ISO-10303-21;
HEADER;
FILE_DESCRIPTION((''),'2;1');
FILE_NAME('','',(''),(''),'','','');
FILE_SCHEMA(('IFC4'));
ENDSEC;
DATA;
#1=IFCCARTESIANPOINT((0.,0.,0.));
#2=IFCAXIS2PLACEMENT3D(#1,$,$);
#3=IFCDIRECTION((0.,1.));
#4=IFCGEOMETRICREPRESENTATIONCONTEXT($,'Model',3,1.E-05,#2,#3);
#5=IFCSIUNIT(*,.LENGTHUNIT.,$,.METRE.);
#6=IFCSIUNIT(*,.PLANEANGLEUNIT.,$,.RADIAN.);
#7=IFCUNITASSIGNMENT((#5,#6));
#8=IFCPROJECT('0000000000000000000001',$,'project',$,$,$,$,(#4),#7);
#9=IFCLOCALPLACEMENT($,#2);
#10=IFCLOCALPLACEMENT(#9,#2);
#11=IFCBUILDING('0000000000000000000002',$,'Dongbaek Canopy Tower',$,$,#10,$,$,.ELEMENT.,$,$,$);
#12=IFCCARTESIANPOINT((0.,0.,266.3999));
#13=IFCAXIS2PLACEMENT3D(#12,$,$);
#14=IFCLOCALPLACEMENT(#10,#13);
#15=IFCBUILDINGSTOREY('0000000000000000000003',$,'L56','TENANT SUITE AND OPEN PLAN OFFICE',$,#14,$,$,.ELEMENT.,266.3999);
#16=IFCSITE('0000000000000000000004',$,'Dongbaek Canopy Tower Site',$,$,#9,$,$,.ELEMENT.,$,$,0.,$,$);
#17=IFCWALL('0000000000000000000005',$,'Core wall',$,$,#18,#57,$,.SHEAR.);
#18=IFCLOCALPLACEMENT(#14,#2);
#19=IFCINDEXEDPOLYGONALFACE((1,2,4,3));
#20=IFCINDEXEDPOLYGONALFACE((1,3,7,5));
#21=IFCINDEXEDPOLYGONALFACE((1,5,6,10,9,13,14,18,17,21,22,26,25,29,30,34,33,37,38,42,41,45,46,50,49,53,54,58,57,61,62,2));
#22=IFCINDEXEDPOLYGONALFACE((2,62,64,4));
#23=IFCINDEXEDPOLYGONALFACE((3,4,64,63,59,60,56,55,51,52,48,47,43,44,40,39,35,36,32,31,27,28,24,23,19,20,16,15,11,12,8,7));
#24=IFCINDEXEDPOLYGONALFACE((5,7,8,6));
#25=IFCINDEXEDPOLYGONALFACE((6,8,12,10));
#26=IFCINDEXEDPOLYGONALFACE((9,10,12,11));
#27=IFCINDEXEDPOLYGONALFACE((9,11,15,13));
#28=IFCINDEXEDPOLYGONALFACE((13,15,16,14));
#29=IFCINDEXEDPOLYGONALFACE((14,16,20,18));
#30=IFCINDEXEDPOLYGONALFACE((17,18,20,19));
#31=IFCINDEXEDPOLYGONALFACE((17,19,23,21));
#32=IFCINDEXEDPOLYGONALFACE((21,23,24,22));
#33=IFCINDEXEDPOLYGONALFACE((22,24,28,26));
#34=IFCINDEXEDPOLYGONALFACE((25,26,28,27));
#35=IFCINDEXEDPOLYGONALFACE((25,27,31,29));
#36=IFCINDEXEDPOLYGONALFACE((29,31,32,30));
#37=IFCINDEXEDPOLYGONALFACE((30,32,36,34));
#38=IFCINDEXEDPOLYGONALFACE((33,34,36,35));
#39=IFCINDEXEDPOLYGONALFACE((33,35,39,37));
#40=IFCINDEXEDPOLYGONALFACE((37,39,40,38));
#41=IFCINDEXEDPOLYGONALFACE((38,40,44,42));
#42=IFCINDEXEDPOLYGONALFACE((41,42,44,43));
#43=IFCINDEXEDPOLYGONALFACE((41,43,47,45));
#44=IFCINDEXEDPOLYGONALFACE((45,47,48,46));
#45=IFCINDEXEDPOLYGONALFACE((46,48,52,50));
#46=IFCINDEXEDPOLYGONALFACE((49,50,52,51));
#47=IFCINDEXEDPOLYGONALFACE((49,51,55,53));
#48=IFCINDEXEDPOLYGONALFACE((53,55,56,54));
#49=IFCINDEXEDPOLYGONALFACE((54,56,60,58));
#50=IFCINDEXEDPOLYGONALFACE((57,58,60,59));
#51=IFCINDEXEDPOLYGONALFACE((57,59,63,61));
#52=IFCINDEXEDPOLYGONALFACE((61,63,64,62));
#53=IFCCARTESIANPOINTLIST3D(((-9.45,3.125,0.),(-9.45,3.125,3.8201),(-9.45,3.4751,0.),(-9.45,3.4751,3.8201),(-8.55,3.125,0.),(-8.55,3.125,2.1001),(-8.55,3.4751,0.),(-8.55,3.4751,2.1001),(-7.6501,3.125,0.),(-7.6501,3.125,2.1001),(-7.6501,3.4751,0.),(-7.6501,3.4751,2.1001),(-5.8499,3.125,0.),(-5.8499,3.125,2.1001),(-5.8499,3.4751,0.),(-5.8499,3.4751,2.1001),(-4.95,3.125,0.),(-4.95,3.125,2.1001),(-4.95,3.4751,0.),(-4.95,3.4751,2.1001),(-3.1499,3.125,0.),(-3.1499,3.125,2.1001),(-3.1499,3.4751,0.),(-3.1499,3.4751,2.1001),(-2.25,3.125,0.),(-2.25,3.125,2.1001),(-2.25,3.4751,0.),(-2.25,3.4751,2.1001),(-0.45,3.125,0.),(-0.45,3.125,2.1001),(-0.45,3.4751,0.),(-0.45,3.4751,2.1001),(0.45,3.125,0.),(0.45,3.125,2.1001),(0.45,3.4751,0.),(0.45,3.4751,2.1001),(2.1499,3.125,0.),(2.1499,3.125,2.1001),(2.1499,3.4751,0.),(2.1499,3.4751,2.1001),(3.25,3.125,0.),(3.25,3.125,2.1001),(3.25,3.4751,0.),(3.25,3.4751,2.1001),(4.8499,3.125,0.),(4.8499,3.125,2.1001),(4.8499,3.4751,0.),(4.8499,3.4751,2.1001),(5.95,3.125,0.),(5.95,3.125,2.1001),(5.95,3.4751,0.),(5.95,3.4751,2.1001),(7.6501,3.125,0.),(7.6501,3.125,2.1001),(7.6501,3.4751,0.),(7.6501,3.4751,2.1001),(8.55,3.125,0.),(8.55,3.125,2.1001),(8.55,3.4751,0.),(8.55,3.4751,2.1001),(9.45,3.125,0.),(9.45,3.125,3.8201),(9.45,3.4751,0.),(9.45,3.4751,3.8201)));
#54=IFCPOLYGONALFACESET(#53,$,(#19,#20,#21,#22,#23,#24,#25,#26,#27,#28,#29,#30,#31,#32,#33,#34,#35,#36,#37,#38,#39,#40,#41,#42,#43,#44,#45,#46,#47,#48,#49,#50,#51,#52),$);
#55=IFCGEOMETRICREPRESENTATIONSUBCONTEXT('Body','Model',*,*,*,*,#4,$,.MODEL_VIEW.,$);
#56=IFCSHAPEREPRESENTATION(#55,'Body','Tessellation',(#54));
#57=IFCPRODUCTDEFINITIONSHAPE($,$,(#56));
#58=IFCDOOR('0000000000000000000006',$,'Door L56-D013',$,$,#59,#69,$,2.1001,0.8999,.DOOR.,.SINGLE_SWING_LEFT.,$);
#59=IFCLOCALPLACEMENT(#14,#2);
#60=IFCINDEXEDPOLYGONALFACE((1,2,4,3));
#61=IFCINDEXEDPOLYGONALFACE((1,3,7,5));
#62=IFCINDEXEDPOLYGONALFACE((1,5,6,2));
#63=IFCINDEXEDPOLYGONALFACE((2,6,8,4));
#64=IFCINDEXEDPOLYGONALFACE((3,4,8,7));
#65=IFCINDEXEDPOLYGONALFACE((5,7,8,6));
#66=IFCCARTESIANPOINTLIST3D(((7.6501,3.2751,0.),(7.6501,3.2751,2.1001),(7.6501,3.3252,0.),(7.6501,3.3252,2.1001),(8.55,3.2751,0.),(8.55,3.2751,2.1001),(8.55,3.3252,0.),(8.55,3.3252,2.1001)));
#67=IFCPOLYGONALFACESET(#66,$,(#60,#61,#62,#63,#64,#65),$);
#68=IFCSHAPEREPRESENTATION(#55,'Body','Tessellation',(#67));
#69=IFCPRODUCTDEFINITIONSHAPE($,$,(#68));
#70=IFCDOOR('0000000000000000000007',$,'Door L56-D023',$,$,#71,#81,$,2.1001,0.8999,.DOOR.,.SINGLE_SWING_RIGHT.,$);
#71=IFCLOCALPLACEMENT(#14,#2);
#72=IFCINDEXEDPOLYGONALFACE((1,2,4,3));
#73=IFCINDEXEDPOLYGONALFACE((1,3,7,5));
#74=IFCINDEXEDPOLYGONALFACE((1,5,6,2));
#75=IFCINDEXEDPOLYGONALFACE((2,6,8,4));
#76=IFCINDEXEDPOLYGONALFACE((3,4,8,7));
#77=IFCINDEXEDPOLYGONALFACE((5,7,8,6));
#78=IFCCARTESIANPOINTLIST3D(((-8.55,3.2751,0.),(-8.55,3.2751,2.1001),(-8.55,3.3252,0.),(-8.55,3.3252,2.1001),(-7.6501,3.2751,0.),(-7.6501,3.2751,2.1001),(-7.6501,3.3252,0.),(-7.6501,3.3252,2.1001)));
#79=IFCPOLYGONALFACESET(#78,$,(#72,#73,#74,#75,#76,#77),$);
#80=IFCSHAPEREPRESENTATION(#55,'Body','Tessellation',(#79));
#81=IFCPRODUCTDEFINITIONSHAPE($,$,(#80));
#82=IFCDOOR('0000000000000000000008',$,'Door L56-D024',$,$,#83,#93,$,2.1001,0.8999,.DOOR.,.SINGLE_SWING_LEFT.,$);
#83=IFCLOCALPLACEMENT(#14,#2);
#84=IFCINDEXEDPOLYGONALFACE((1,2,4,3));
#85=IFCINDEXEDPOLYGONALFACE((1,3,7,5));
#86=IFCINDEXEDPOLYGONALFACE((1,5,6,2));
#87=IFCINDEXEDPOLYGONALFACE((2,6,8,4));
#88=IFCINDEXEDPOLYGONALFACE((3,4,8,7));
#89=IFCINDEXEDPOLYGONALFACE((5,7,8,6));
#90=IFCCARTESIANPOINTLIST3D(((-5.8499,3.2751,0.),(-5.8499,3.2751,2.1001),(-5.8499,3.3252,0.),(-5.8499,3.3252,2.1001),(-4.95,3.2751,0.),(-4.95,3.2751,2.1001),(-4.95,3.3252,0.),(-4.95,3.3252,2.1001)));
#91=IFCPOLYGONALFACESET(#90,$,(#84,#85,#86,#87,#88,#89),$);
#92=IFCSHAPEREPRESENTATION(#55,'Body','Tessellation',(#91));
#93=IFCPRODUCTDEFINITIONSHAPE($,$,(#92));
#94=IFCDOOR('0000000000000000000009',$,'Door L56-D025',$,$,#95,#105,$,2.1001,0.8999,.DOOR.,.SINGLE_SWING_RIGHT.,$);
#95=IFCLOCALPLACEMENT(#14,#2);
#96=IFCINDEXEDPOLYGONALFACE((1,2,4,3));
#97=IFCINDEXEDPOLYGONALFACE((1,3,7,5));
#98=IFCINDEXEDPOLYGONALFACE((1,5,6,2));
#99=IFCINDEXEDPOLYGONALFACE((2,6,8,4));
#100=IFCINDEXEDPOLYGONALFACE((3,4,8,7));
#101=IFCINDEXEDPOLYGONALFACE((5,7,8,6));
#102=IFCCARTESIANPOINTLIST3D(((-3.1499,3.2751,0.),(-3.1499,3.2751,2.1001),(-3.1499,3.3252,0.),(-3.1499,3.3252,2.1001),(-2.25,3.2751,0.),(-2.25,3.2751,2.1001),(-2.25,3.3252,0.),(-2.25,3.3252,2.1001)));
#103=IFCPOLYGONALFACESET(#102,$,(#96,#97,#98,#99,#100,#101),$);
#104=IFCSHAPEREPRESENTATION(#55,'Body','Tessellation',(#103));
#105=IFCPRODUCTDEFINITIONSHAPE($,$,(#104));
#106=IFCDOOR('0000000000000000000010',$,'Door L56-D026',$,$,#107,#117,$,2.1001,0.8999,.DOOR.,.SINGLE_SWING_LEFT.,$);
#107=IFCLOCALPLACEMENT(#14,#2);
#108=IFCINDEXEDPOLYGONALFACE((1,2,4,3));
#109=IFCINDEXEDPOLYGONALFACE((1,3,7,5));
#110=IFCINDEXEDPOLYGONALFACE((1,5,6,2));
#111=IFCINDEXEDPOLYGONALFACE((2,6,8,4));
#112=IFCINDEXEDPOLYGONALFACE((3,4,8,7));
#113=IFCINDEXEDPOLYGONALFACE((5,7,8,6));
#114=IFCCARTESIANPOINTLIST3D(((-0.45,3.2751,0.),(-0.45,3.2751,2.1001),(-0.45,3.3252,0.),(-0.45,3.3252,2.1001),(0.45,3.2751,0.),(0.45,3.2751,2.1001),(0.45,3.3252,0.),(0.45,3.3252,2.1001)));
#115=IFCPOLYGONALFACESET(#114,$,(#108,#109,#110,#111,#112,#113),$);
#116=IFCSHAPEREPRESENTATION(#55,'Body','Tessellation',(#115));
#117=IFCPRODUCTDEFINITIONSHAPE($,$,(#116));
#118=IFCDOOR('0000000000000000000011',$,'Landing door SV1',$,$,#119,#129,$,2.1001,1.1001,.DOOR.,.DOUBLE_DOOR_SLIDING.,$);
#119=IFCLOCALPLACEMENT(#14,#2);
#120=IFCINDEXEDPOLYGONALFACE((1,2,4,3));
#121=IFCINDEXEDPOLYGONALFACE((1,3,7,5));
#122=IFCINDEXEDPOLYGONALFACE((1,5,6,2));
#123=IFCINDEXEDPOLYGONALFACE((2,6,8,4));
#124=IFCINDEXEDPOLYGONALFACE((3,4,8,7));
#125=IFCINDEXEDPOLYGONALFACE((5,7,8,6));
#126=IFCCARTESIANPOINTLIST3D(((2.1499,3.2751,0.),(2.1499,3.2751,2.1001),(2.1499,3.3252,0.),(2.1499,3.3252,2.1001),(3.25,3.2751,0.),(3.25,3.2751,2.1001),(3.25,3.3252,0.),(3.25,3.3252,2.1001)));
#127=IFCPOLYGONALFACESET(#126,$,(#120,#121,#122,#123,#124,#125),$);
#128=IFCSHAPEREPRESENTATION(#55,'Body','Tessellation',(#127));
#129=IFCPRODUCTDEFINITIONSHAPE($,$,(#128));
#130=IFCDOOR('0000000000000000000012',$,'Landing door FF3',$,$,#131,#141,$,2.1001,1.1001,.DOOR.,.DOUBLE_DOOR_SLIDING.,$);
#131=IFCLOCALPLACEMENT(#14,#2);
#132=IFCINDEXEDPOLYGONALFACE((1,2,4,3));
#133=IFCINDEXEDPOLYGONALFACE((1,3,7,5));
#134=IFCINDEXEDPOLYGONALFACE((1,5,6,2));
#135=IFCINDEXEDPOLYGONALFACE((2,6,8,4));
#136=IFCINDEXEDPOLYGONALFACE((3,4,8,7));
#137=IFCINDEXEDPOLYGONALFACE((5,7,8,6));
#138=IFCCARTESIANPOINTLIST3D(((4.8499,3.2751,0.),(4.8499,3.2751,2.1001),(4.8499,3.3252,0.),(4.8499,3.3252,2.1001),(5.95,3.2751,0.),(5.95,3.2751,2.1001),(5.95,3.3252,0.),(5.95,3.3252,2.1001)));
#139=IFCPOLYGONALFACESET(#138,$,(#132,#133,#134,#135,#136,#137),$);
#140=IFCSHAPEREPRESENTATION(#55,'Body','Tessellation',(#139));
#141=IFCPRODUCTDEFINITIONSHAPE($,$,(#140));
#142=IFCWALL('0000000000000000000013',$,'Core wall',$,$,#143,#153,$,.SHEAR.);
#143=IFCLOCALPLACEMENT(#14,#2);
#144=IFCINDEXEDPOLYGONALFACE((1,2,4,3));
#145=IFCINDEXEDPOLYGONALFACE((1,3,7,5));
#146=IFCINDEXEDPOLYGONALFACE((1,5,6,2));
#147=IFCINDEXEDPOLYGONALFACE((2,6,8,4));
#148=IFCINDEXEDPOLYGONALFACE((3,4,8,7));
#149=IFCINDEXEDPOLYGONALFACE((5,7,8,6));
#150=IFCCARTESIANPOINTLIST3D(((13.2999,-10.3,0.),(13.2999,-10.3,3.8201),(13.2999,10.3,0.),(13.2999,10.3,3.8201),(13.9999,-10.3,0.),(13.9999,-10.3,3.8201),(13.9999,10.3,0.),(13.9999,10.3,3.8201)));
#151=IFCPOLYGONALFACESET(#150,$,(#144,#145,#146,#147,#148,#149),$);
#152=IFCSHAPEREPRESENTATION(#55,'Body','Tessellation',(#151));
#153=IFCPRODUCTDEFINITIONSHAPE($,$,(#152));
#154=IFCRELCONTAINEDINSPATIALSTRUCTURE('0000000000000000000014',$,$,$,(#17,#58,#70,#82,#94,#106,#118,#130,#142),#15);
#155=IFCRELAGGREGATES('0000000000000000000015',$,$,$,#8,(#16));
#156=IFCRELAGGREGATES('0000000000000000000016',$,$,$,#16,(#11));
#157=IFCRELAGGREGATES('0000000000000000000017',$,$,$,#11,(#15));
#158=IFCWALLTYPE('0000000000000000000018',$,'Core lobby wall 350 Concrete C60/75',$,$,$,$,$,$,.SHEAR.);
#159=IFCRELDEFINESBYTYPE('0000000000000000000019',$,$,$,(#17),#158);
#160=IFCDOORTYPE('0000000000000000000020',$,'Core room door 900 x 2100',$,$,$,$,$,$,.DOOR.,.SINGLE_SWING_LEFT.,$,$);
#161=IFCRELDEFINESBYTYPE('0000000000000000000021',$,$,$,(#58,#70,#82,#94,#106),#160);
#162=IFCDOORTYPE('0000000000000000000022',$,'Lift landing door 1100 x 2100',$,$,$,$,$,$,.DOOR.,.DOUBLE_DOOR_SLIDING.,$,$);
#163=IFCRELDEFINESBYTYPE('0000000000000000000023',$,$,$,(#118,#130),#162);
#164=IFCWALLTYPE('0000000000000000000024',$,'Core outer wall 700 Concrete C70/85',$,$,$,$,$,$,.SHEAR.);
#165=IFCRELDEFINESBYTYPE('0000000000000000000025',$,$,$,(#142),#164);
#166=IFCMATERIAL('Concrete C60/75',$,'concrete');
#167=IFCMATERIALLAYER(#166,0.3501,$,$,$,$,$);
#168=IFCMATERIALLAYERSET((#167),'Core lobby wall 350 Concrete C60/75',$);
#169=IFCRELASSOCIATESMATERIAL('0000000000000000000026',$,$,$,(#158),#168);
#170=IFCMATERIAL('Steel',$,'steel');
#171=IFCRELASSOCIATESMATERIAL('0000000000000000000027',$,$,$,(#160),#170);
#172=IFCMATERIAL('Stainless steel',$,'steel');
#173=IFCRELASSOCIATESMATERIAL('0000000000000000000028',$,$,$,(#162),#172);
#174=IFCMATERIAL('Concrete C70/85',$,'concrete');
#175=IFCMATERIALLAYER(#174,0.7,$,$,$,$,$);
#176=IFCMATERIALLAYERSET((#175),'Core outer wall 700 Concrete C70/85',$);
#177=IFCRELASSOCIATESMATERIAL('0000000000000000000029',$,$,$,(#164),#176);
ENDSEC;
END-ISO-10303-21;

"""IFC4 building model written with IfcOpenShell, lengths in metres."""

from ifc_helpers import new_model, si_unit, direction, frame, frame_2d, origin, place, context, subcontext, project, spatial, rectangle, extrude, material, layer, layer_set, type_object, element, fill, save


model = new_model("IFC4")

# Units and contexts
model_context = context("Model", 3, precision=1e-05, world=origin(), true_north=direction((0.0, 1.0)))
body_context = subcontext(model_context, "Body", "Model", "MODEL_VIEW")
ifc_project = project(units=[si_unit("LENGTHUNIT", "METRE"), si_unit("PLANEANGLEUNIT", "RADIAN")], contexts=[model_context])

# Site, building, storey
site_placement = place(None, origin())
site = spatial("IfcSite", under=ifc_project, at=site_placement, Name="Dongbaek Canopy Tower Site", CompositionType="ELEMENT", RefElevation=0.0)
building_placement = place(site_placement, origin())
building = spatial("IfcBuilding", under=site, at=building_placement, Name="Dongbaek Canopy Tower", CompositionType="ELEMENT")
storey_placement = place(building_placement, frame((0.0, 0.0, 266.3999)))
storey = spatial("IfcBuildingStorey", under=building, at=storey_placement, Name="L56", Description="TENANT SUITE AND OPEN PLAN OFFICE", CompositionType="ELEMENT", Elevation=266.3999)

# Wall, openings, doors
ifc_material_1 = material(Name="Concrete C60/75", Category="concrete")
ifc_layer_1 = layer(ifc_material_1, 0.3501)
ifc_layer_set_1 = layer_set([ifc_layer_1], Name="Core lobby wall 350 Concrete C60/75")
wall_type_1 = type_object("IfcWallType", Name="Core lobby wall 350 Concrete C60/75", PredefinedType="SHEAR", material=ifc_layer_set_1)
wall_1_placement = place(storey_placement, frame((9.45, 3.3, 0.0), z_axis=(0.0, 0.0, 1.0), x_axis=(-1.0, 0.0, 0.0)))
wall_1 = element("IfcWall", 1, at=wall_1_placement, inside=storey, type_object=wall_type_1, Name="Core wall", PredefinedType="SHEAR", context=body_context, shape_type="SweptSolid", body=[
    extrude(rectangle(XDim=18.8999, YDim=0.3501, at=frame_2d((9.45, 0.0))), origin(), (0.0, 0.0, 1.0), 3.8201),
])
opening_1_placement = place(wall_1_placement, frame((6.2, 0.0, 0.0)))
opening_1 = element("IfcOpeningElement", 2, at=opening_1_placement, cuts=wall_1, PredefinedType="OPENING", context=body_context, shape_type="SweptSolid", body=[
    extrude(rectangle(XDim=1.1001, YDim=2.1001, at=frame_2d((0.55, 1.05))), frame((0.0, 0.1851, 0.0), z_axis=(0.0, -1.0, 0.0), x_axis=(1.0, 0.0, 0.0)), (0.0, 0.0, 1.0), 0.3701),
])
opening_2_placement = place(wall_1_placement, frame((3.5, 0.0, 0.0)))
opening_2 = element("IfcOpeningElement", 3, at=opening_2_placement, cuts=wall_1, PredefinedType="OPENING", context=body_context, shape_type="SweptSolid", body=[
    extrude(rectangle(XDim=1.1001, YDim=2.1001, at=frame_2d((0.55, 1.05))), frame((0.0, 0.1851, 0.0), z_axis=(0.0, -1.0, 0.0), x_axis=(1.0, 0.0, 0.0)), (0.0, 0.0, 1.0), 0.3701),
])
opening_3_placement = place(wall_1_placement, frame((0.8999, 0.0, 0.0)))
opening_3 = element("IfcOpeningElement", 4, at=opening_3_placement, cuts=wall_1, PredefinedType="OPENING", context=body_context, shape_type="SweptSolid", body=[
    extrude(rectangle(XDim=0.8999, YDim=2.1001, at=frame_2d((0.45, 1.05))), frame((0.0, 0.1851, 0.0), z_axis=(0.0, -1.0, 0.0), x_axis=(1.0, 0.0, 0.0)), (0.0, 0.0, 1.0), 0.3701),
])
opening_4_placement = place(wall_1_placement, frame((17.1001, 0.0, 0.0)))
opening_4 = element("IfcOpeningElement", 5, at=opening_4_placement, cuts=wall_1, PredefinedType="OPENING", context=body_context, shape_type="SweptSolid", body=[
    extrude(rectangle(XDim=0.8999, YDim=2.1001, at=frame_2d((0.45, 1.05))), frame((0.0, 0.1851, 0.0), z_axis=(0.0, -1.0, 0.0), x_axis=(1.0, 0.0, 0.0)), (0.0, 0.0, 1.0), 0.3701),
])
opening_5_placement = place(wall_1_placement, frame((14.3999, 0.0, 0.0)))
opening_5 = element("IfcOpeningElement", 6, at=opening_5_placement, cuts=wall_1, PredefinedType="OPENING", context=body_context, shape_type="SweptSolid", body=[
    extrude(rectangle(XDim=0.8999, YDim=2.1001, at=frame_2d((0.45, 1.05))), frame((0.0, 0.1851, 0.0), z_axis=(0.0, -1.0, 0.0), x_axis=(1.0, 0.0, 0.0)), (0.0, 0.0, 1.0), 0.3701),
])
opening_6_placement = place(wall_1_placement, frame((11.7, 0.0, 0.0)))
opening_6 = element("IfcOpeningElement", 7, at=opening_6_placement, cuts=wall_1, PredefinedType="OPENING", context=body_context, shape_type="SweptSolid", body=[
    extrude(rectangle(XDim=0.8999, YDim=2.1001, at=frame_2d((0.45, 1.05))), frame((0.0, 0.1851, 0.0), z_axis=(0.0, -1.0, 0.0), x_axis=(1.0, 0.0, 0.0)), (0.0, 0.0, 1.0), 0.3701),
])
opening_7_placement = place(wall_1_placement, frame((9.0, 0.0, 0.0)))
opening_7 = element("IfcOpeningElement", 8, at=opening_7_placement, cuts=wall_1, PredefinedType="OPENING", context=body_context, shape_type="SweptSolid", body=[
    extrude(rectangle(XDim=0.8999, YDim=2.1001, at=frame_2d((0.45, 1.05))), frame((0.0, 0.1851, 0.0), z_axis=(0.0, -1.0, 0.0), x_axis=(1.0, 0.0, 0.0)), (0.0, 0.0, 1.0), 0.3701),
])
ifc_material_2 = material(Name="Steel", Category="steel")
door_type_1 = type_object("IfcDoorType", Name="Core room door 900 x 2100", OperationType="SINGLE_SWING_LEFT", PredefinedType="DOOR", material=ifc_material_2)
door_1_placement = place(opening_3_placement, origin())
door_1 = element("IfcDoor", 9, at=door_1_placement, inside=storey, type_object=door_type_1, Name="Door L56-D013", OperationType="SINGLE_SWING_LEFT", OverallHeight=2.1001, OverallWidth=0.8999, PredefinedType="DOOR", context=body_context, shape_type="SweptSolid", body=[
    extrude(rectangle(XDim=0.8999, YDim=2.1001, at=frame_2d((0.45, 1.05))), frame((0.0, 0.0249, 0.0), z_axis=(0.0, -1.0, 0.0), x_axis=(1.0, 0.0, 0.0)), (0.0, 0.0, 1.0), 0.05),
])
fill(opening_3, door_1)
door_2_placement = place(opening_4_placement, origin())
door_2 = element("IfcDoor", 10, at=door_2_placement, inside=storey, type_object=door_type_1, Name="Door L56-D023", OperationType="SINGLE_SWING_RIGHT", OverallHeight=2.1001, OverallWidth=0.8999, PredefinedType="DOOR", context=body_context, shape_type="SweptSolid", body=[
    extrude(rectangle(XDim=0.8999, YDim=2.1001, at=frame_2d((0.45, 1.05))), frame((0.0, 0.0249, 0.0), z_axis=(0.0, -1.0, 0.0), x_axis=(1.0, 0.0, 0.0)), (0.0, 0.0, 1.0), 0.05),
])
fill(opening_4, door_2)
door_3_placement = place(opening_5_placement, origin())
door_3 = element("IfcDoor", 11, at=door_3_placement, inside=storey, type_object=door_type_1, Name="Door L56-D024", OperationType="SINGLE_SWING_LEFT", OverallHeight=2.1001, OverallWidth=0.8999, PredefinedType="DOOR", context=body_context, shape_type="SweptSolid", body=[
    extrude(rectangle(XDim=0.8999, YDim=2.1001, at=frame_2d((0.45, 1.05))), frame((0.0, 0.0249, 0.0), z_axis=(0.0, -1.0, 0.0), x_axis=(1.0, 0.0, 0.0)), (0.0, 0.0, 1.0), 0.05),
])
fill(opening_5, door_3)
door_4_placement = place(opening_6_placement, origin())
door_4 = element("IfcDoor", 12, at=door_4_placement, inside=storey, type_object=door_type_1, Name="Door L56-D025", OperationType="SINGLE_SWING_RIGHT", OverallHeight=2.1001, OverallWidth=0.8999, PredefinedType="DOOR", context=body_context, shape_type="SweptSolid", body=[
    extrude(rectangle(XDim=0.8999, YDim=2.1001, at=frame_2d((0.45, 1.05))), frame((0.0, 0.0249, 0.0), z_axis=(0.0, -1.0, 0.0), x_axis=(1.0, 0.0, 0.0)), (0.0, 0.0, 1.0), 0.05),
])
fill(opening_6, door_4)
door_5_placement = place(opening_7_placement, origin())
door_5 = element("IfcDoor", 13, at=door_5_placement, inside=storey, type_object=door_type_1, Name="Door L56-D026", OperationType="SINGLE_SWING_LEFT", OverallHeight=2.1001, OverallWidth=0.8999, PredefinedType="DOOR", context=body_context, shape_type="SweptSolid", body=[
    extrude(rectangle(XDim=0.8999, YDim=2.1001, at=frame_2d((0.45, 1.05))), frame((0.0, 0.0249, 0.0), z_axis=(0.0, -1.0, 0.0), x_axis=(1.0, 0.0, 0.0)), (0.0, 0.0, 1.0), 0.05),
])
fill(opening_7, door_5)
ifc_material_3 = material(Name="Stainless steel", Category="steel")
door_type_2 = type_object("IfcDoorType", Name="Lift landing door 1100 x 2100", OperationType="DOUBLE_DOOR_SLIDING", PredefinedType="DOOR", material=ifc_material_3)
door_6_placement = place(opening_1_placement, origin())
door_6 = element("IfcDoor", 14, at=door_6_placement, inside=storey, type_object=door_type_2, Name="Landing door SV1", OperationType="DOUBLE_DOOR_SLIDING", OverallHeight=2.1001, OverallWidth=1.1001, PredefinedType="DOOR", context=body_context, shape_type="SweptSolid", body=[
    extrude(rectangle(XDim=1.1001, YDim=2.1001, at=frame_2d((0.55, 1.05))), frame((0.0, 0.0249, 0.0), z_axis=(0.0, -1.0, 0.0), x_axis=(1.0, 0.0, 0.0)), (0.0, 0.0, 1.0), 0.05),
])
fill(opening_1, door_6)
door_7_placement = place(opening_2_placement, origin())
door_7 = element("IfcDoor", 15, at=door_7_placement, inside=storey, type_object=door_type_2, Name="Landing door FF3", OperationType="DOUBLE_DOOR_SLIDING", OverallHeight=2.1001, OverallWidth=1.1001, PredefinedType="DOOR", context=body_context, shape_type="SweptSolid", body=[
    extrude(rectangle(XDim=1.1001, YDim=2.1001, at=frame_2d((0.55, 1.05))), frame((0.0, 0.0249, 0.0), z_axis=(0.0, -1.0, 0.0), x_axis=(1.0, 0.0, 0.0)), (0.0, 0.0, 1.0), 0.05),
])
fill(opening_2, door_7)

# Wall
ifc_material_4 = material(Name="Concrete C70/85", Category="concrete")
ifc_layer_2 = layer(ifc_material_4, 0.7)
ifc_layer_set_2 = layer_set([ifc_layer_2], Name="Core outer wall 700 Concrete C70/85")
wall_type_2 = type_object("IfcWallType", Name="Core outer wall 700 Concrete C70/85", PredefinedType="SHEAR", material=ifc_layer_set_2)
wall_2_placement = place(storey_placement, frame((13.6499, 10.3, 0.0), z_axis=(0.0, 0.0, 1.0), x_axis=(0.0, -1.0, 0.0)))
element("IfcWall", 16, at=wall_2_placement, inside=storey, type_object=wall_type_2, Name="Core wall", PredefinedType="SHEAR", context=body_context, shape_type="SweptSolid", body=[
    extrude(rectangle(XDim=20.6001, YDim=0.7, at=frame_2d((10.3, 0.0))), origin(), (0.0, 0.0, 1.0), 3.8201),
])

save(model, "model.ifc")
